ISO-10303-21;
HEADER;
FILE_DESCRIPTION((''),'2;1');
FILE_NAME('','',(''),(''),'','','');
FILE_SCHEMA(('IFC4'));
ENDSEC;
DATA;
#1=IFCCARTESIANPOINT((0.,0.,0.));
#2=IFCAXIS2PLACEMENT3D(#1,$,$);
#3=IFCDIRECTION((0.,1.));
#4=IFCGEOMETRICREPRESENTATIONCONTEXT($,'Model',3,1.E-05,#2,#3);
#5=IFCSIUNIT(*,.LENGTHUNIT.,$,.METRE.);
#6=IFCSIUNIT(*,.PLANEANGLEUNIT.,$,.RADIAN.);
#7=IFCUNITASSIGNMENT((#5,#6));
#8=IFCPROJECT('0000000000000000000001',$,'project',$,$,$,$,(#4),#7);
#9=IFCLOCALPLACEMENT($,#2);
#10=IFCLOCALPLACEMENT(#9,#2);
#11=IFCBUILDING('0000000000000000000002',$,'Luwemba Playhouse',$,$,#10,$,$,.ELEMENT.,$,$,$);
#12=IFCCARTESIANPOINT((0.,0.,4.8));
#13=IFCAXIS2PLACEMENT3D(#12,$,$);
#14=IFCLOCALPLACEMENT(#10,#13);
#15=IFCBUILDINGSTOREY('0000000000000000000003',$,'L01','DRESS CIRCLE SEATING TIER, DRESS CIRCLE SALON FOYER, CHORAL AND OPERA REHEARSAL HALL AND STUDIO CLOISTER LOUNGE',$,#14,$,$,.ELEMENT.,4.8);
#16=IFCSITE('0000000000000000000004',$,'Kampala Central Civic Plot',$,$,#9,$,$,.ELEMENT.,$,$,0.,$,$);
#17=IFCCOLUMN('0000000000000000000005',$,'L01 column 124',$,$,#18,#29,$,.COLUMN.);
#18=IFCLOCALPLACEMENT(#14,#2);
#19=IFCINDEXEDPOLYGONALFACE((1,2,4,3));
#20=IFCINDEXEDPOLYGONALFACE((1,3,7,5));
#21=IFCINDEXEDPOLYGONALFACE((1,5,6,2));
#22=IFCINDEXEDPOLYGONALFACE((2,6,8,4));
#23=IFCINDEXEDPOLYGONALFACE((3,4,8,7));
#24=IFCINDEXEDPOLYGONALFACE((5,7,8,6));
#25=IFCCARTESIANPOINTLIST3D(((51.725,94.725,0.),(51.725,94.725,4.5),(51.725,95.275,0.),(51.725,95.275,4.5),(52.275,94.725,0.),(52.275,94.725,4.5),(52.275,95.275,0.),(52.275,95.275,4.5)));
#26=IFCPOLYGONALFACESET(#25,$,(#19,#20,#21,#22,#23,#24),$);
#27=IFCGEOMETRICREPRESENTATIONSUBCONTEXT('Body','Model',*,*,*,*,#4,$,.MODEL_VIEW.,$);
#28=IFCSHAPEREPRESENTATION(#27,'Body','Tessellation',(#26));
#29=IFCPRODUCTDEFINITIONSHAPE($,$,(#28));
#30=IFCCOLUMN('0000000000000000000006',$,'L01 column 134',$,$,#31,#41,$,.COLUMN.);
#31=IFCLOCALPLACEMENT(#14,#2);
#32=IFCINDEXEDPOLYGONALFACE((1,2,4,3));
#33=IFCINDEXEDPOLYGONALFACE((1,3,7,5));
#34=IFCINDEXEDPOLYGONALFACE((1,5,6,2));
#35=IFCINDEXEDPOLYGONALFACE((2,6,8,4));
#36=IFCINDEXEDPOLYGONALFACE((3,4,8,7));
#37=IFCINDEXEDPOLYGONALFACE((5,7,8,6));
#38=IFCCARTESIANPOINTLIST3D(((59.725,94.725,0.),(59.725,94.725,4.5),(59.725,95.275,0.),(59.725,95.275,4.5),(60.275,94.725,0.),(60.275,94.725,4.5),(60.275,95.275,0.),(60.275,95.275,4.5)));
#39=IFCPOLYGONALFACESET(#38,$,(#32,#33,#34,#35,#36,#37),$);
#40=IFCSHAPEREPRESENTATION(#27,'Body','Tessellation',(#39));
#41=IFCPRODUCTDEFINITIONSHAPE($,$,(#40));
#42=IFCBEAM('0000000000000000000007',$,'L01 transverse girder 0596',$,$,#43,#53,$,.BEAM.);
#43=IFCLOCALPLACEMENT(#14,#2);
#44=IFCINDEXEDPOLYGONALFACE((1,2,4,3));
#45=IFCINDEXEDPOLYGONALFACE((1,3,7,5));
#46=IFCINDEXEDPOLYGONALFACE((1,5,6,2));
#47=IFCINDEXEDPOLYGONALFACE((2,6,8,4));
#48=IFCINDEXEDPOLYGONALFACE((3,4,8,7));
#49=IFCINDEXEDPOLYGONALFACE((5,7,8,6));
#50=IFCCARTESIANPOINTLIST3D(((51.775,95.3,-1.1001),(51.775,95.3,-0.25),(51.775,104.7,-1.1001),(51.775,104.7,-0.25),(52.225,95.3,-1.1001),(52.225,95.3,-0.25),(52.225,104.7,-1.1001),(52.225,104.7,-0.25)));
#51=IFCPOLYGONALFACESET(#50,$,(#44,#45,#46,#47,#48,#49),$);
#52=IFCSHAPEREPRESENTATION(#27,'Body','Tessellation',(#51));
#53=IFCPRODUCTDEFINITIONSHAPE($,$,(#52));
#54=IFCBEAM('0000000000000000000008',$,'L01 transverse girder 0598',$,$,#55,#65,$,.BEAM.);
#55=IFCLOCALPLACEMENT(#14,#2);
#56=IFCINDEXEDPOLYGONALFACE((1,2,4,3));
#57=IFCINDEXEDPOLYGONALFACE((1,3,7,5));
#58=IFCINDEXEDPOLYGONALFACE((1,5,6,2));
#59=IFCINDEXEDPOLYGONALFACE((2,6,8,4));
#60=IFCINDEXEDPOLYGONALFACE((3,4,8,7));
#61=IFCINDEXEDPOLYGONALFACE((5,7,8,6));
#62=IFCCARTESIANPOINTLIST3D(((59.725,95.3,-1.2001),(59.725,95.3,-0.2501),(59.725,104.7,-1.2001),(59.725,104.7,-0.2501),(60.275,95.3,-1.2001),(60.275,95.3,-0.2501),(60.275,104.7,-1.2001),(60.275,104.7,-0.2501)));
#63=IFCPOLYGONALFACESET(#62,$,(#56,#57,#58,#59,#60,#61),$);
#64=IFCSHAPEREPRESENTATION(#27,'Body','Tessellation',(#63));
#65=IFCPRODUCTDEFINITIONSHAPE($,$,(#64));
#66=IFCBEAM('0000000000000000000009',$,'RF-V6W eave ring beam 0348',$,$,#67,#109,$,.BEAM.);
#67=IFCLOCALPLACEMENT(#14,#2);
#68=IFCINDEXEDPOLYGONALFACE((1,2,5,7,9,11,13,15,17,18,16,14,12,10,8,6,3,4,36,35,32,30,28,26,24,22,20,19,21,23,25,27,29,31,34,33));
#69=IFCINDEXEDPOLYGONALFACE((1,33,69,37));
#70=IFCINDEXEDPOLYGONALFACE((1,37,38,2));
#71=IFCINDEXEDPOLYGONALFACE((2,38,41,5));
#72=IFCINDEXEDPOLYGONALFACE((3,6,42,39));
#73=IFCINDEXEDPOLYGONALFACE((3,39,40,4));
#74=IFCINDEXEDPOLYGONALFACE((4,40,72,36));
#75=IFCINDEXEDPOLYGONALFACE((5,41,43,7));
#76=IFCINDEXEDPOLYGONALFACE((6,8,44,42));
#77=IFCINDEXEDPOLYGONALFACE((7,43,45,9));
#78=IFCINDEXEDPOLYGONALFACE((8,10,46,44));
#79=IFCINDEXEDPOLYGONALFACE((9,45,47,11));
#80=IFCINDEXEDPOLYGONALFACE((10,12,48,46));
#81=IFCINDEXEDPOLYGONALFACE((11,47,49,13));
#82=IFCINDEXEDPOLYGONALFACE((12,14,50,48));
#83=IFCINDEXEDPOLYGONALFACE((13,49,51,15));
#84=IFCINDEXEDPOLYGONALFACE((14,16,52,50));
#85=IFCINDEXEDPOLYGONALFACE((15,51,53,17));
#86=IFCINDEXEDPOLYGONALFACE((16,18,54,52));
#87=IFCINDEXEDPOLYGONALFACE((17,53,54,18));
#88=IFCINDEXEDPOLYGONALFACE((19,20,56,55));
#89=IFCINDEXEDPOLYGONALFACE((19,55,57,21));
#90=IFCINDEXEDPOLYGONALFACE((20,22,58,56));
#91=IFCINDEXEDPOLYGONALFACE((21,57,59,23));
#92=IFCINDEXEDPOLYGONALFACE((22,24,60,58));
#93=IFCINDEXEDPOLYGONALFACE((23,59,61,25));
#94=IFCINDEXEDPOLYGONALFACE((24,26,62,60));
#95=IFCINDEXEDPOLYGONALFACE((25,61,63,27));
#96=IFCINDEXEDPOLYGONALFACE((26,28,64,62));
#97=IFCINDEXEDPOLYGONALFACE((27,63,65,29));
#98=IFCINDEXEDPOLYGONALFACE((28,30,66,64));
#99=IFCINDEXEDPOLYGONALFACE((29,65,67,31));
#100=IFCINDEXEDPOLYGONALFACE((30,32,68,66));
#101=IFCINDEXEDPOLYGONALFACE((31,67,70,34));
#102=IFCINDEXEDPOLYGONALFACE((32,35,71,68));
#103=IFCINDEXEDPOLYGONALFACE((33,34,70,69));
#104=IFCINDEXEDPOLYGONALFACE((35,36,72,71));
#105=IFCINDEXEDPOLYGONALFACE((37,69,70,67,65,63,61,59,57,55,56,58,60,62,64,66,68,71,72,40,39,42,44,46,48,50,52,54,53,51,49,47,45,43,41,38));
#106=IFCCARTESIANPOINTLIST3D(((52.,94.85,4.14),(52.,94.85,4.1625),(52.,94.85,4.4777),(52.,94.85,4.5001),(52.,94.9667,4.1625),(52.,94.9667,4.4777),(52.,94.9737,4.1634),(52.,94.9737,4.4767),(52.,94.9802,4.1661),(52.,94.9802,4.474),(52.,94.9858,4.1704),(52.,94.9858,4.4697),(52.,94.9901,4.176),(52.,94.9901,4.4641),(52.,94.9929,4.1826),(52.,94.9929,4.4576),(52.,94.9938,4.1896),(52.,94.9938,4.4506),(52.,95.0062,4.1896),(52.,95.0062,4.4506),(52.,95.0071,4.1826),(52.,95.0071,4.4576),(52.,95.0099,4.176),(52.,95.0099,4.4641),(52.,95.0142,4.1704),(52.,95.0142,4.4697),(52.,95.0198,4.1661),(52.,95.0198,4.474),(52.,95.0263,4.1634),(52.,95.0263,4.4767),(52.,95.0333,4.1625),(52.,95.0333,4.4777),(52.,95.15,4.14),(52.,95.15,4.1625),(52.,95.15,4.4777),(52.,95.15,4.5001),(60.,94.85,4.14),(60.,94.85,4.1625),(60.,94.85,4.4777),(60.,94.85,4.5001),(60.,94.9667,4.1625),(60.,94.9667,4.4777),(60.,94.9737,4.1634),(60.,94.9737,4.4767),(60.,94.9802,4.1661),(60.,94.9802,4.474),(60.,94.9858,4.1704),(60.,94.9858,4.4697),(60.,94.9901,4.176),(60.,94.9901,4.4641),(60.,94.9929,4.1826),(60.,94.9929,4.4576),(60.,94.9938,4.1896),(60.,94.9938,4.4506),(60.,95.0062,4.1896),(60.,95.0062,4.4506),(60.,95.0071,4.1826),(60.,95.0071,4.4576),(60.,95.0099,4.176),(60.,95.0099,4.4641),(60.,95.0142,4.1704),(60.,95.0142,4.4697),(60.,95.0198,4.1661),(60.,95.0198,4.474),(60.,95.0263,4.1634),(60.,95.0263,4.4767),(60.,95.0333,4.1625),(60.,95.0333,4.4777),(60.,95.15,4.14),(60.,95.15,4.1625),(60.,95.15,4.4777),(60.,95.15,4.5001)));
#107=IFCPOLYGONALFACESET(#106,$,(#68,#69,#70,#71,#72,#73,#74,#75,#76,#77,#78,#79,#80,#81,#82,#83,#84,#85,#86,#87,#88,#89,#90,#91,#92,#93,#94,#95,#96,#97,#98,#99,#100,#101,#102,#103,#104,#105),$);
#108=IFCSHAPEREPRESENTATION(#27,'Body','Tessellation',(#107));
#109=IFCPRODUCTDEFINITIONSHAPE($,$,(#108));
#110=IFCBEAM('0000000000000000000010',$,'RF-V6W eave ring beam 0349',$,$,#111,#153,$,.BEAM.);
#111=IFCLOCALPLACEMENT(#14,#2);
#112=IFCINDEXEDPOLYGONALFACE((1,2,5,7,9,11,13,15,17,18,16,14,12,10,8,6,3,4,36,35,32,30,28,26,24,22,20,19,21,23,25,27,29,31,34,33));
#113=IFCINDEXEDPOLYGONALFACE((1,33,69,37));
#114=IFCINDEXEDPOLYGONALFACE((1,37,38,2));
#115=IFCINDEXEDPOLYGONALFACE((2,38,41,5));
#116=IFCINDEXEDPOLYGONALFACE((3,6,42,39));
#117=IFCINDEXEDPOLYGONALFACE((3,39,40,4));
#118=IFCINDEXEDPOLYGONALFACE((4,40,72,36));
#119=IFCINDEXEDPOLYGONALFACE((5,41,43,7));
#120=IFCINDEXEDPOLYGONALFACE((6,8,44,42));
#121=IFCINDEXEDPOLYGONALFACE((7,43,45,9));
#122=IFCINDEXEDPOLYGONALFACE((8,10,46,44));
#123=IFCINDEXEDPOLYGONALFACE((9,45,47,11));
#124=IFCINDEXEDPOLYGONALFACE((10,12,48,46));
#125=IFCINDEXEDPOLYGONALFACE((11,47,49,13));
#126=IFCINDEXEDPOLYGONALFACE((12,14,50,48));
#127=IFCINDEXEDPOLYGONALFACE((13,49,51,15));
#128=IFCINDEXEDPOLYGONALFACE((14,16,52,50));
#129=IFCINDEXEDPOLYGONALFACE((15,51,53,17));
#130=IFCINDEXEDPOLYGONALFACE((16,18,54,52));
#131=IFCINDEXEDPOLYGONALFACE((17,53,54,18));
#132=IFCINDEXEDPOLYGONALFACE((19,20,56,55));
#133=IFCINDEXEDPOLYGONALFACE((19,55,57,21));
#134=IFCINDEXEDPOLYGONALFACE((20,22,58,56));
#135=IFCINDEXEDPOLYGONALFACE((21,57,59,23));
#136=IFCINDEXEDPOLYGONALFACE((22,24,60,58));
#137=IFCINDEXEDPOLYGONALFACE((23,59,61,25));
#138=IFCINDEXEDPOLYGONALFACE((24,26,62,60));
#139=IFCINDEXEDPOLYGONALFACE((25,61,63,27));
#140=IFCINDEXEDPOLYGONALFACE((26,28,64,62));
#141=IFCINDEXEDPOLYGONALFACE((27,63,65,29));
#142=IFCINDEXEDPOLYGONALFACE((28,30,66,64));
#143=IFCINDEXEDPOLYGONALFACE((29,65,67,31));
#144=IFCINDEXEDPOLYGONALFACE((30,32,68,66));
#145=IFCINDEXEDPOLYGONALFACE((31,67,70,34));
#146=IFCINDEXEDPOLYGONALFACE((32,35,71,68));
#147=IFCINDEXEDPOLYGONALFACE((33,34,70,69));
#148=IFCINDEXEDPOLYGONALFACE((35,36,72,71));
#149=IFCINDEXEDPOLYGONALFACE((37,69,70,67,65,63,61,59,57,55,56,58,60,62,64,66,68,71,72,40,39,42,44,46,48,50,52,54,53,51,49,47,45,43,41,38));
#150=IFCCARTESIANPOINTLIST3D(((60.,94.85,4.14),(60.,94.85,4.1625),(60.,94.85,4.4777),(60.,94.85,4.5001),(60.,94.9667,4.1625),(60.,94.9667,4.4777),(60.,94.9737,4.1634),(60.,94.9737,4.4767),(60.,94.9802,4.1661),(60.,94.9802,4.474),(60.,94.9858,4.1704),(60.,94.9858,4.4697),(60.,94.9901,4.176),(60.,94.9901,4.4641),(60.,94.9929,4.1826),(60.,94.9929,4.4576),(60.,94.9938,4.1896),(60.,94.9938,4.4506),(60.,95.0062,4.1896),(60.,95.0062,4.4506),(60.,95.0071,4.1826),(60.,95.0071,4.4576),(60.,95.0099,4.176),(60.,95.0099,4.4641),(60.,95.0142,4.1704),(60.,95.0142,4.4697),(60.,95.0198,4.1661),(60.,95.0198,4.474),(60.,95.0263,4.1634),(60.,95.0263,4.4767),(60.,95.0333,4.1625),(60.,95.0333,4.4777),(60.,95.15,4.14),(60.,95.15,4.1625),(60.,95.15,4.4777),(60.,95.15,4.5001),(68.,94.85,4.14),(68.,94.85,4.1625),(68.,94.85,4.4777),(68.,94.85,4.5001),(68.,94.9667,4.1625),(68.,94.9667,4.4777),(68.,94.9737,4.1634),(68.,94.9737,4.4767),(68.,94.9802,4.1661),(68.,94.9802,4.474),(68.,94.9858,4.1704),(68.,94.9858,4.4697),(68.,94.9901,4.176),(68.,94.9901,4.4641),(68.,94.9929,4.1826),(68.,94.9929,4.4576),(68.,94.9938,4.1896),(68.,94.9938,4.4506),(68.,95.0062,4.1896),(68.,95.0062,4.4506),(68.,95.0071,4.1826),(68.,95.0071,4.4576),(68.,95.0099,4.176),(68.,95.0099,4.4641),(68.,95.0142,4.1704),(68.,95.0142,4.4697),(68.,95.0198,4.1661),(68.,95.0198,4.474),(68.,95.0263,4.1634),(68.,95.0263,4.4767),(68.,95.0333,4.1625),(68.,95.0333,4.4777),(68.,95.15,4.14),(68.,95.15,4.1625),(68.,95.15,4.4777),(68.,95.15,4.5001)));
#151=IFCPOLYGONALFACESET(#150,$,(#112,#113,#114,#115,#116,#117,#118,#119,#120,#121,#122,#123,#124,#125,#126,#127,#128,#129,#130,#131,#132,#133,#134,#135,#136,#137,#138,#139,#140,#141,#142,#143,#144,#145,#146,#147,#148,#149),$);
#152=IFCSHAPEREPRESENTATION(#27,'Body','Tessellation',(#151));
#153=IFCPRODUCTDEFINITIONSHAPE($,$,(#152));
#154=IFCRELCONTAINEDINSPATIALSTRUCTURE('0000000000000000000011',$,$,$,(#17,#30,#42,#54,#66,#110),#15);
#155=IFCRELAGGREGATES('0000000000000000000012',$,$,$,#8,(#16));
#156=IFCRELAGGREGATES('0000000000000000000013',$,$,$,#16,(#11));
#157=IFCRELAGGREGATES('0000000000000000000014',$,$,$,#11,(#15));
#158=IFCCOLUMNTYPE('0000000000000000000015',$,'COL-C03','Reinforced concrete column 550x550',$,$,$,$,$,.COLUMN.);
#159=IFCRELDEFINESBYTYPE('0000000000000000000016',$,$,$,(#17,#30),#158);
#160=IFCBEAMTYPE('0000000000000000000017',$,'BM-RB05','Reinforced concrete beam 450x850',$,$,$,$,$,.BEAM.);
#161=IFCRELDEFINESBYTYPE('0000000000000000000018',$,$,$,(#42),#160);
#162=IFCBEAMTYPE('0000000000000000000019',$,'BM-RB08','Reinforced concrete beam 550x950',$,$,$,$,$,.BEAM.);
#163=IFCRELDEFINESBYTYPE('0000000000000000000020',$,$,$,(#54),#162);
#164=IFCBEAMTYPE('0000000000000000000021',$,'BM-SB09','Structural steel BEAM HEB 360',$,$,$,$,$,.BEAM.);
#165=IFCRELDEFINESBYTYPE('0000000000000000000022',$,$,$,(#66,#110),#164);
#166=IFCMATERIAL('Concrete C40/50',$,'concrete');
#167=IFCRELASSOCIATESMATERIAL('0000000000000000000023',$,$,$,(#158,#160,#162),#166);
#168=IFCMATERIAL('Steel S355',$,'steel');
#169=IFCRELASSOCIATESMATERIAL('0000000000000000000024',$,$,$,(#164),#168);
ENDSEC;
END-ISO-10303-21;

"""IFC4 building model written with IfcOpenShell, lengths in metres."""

from ifc_helpers import new_model, si_unit, direction, frame, origin, origin_2d, place, context, subcontext, project, spatial, rectangle, i_section, extrude, material, material_profile, profile_set, type_object, element, save


model = new_model("IFC4")

# Units and contexts
model_context = context("Model", 3, precision=1e-05, world=origin(), true_north=direction((0.0, 1.0)))
body_context = subcontext(model_context, "Body", "Model", "MODEL_VIEW")
ifc_project = project(units=[si_unit("LENGTHUNIT", "METRE"), si_unit("PLANEANGLEUNIT", "RADIAN")], contexts=[model_context])

# Site, building, storey
site_placement = place(None, origin())
site = spatial("IfcSite", under=ifc_project, at=site_placement, Name="Kampala Central Civic Plot", CompositionType="ELEMENT", RefElevation=0.0)
building_placement = place(site_placement, origin())
building = spatial("IfcBuilding", under=site, at=building_placement, Name="Luwemba Playhouse", CompositionType="ELEMENT")
storey_placement = place(building_placement, frame((0.0, 0.0, 4.8)))
storey = spatial("IfcBuildingStorey", under=building, at=storey_placement, Name="L01", Description="DRESS CIRCLE SEATING TIER, DRESS CIRCLE SALON FOYER, CHORAL AND OPERA REHEARSAL HALL AND STUDIO CLOISTER LOUNGE", CompositionType="ELEMENT", Elevation=4.8)

# Columns
ifc_material_1 = material(Name="Concrete C40/50", Category="concrete")
ifc_material_profile_1 = material_profile(ifc_material_1, rectangle(XDim=0.55, YDim=0.55, at=origin_2d()))
ifc_profile_set_1 = profile_set([ifc_material_profile_1], Name="Concrete C40/50")
column_type = type_object("IfcColumnType", Name="COL-C03", Description="Reinforced concrete column 550x550", PredefinedType="COLUMN", material=ifc_profile_set_1)
for number, where, z_axis, x_axis, name in (
    (1, (52.0, 95.0, 0.0), (0.0, 0.0, 1.0), (1.0, 0.0, 0.0), "L01 column 124"),
    (2, (60.0, 95.0, 0.0), (0.0, 0.0, 1.0), (1.0, 0.0, 0.0), "L01 column 134"),
):
    element("IfcColumn", number, at=place(storey_placement, frame(where, z_axis=z_axis, x_axis=x_axis)), inside=storey, type_object=column_type, Name=name, PredefinedType="COLUMN", context=body_context, shape_type="SweptSolid", body=[
        extrude(rectangle(XDim=0.55, YDim=0.55, at=origin_2d()), origin(), (0.0, 0.0, 1.0), 4.5),
    ])

# Beams
ifc_material_profile_2 = material_profile(ifc_material_1, rectangle(XDim=0.45, YDim=0.8501, at=origin_2d()))
ifc_profile_set_2 = profile_set([ifc_material_profile_2], Name="Concrete C40/50")
beam_type_1 = type_object("IfcBeamType", Name="BM-RB05", Description="Reinforced concrete beam 450x850", PredefinedType="BEAM", material=ifc_profile_set_2)
beam_1_placement = place(storey_placement, frame((52.0, 95.3, -0.675), z_axis=(0.0, 1.0, 0.0), x_axis=(-1.0, 0.0, 0.0)))
element("IfcBeam", 3, at=beam_1_placement, inside=storey, type_object=beam_type_1, Name="L01 transverse girder 0596", PredefinedType="BEAM", context=body_context, shape_type="SweptSolid", body=[
    extrude(rectangle(XDim=0.45, YDim=0.8501, at=origin_2d()), origin(), (0.0, 0.0, 1.0), 9.3999),
])
ifc_material_profile_3 = material_profile(ifc_material_1, rectangle(XDim=0.55, YDim=0.95, at=origin_2d()))
ifc_profile_set_3 = profile_set([ifc_material_profile_3], Name="Concrete C40/50")
beam_type_2 = type_object("IfcBeamType", Name="BM-RB08", Description="Reinforced concrete beam 550x950", PredefinedType="BEAM", material=ifc_profile_set_3)
beam_2_placement = place(storey_placement, frame((60.0, 95.3, -0.7251), z_axis=(0.0, 1.0, 0.0), x_axis=(-1.0, 0.0, 0.0)))
element("IfcBeam", 4, at=beam_2_placement, inside=storey, type_object=beam_type_2, Name="L01 transverse girder 0598", PredefinedType="BEAM", context=body_context, shape_type="SweptSolid", body=[
    extrude(rectangle(XDim=0.55, YDim=0.95, at=origin_2d()), origin(), (0.0, 0.0, 1.0), 9.3999),
])
ifc_material_2 = material(Name="Steel S355", Category="steel")
ifc_material_profile_4 = material_profile(ifc_material_2, i_section(OverallWidth=0.3, OverallDepth=0.3601, WebThickness=0.0125, FlangeThickness=0.0225, FilletRadius=0.0271, at=origin_2d()))
ifc_profile_set_4 = profile_set([ifc_material_profile_4], Name="Steel S355")
beam_type_3 = type_object("IfcBeamType", Name="BM-SB09", Description="Structural steel BEAM HEB 360", PredefinedType="BEAM", material=ifc_profile_set_4)
for number, where, z_axis, x_axis, name in (
    (5, (52.0, 95.0, 4.3201), (1.0, 0.0, 0.0), (0.0, 1.0, 0.0), "RF-V6W eave ring beam 0348"),
    (6, (60.0, 95.0, 4.3201), (1.0, 0.0, 0.0), (0.0, 1.0, 0.0), "RF-V6W eave ring beam 0349"),
):
    element("IfcBeam", number, at=place(storey_placement, frame(where, z_axis=z_axis, x_axis=x_axis)), inside=storey, type_object=beam_type_3, Name=name, PredefinedType="BEAM", context=body_context, shape_type="SweptSolid", body=[
        extrude(i_section(OverallWidth=0.3, OverallDepth=0.3601, WebThickness=0.0125, FlangeThickness=0.0225, FilletRadius=0.0271, at=origin_2d()), origin(), (0.0, 0.0, 1.0), 8.0),
    ])

save(model, "model.ifc")
